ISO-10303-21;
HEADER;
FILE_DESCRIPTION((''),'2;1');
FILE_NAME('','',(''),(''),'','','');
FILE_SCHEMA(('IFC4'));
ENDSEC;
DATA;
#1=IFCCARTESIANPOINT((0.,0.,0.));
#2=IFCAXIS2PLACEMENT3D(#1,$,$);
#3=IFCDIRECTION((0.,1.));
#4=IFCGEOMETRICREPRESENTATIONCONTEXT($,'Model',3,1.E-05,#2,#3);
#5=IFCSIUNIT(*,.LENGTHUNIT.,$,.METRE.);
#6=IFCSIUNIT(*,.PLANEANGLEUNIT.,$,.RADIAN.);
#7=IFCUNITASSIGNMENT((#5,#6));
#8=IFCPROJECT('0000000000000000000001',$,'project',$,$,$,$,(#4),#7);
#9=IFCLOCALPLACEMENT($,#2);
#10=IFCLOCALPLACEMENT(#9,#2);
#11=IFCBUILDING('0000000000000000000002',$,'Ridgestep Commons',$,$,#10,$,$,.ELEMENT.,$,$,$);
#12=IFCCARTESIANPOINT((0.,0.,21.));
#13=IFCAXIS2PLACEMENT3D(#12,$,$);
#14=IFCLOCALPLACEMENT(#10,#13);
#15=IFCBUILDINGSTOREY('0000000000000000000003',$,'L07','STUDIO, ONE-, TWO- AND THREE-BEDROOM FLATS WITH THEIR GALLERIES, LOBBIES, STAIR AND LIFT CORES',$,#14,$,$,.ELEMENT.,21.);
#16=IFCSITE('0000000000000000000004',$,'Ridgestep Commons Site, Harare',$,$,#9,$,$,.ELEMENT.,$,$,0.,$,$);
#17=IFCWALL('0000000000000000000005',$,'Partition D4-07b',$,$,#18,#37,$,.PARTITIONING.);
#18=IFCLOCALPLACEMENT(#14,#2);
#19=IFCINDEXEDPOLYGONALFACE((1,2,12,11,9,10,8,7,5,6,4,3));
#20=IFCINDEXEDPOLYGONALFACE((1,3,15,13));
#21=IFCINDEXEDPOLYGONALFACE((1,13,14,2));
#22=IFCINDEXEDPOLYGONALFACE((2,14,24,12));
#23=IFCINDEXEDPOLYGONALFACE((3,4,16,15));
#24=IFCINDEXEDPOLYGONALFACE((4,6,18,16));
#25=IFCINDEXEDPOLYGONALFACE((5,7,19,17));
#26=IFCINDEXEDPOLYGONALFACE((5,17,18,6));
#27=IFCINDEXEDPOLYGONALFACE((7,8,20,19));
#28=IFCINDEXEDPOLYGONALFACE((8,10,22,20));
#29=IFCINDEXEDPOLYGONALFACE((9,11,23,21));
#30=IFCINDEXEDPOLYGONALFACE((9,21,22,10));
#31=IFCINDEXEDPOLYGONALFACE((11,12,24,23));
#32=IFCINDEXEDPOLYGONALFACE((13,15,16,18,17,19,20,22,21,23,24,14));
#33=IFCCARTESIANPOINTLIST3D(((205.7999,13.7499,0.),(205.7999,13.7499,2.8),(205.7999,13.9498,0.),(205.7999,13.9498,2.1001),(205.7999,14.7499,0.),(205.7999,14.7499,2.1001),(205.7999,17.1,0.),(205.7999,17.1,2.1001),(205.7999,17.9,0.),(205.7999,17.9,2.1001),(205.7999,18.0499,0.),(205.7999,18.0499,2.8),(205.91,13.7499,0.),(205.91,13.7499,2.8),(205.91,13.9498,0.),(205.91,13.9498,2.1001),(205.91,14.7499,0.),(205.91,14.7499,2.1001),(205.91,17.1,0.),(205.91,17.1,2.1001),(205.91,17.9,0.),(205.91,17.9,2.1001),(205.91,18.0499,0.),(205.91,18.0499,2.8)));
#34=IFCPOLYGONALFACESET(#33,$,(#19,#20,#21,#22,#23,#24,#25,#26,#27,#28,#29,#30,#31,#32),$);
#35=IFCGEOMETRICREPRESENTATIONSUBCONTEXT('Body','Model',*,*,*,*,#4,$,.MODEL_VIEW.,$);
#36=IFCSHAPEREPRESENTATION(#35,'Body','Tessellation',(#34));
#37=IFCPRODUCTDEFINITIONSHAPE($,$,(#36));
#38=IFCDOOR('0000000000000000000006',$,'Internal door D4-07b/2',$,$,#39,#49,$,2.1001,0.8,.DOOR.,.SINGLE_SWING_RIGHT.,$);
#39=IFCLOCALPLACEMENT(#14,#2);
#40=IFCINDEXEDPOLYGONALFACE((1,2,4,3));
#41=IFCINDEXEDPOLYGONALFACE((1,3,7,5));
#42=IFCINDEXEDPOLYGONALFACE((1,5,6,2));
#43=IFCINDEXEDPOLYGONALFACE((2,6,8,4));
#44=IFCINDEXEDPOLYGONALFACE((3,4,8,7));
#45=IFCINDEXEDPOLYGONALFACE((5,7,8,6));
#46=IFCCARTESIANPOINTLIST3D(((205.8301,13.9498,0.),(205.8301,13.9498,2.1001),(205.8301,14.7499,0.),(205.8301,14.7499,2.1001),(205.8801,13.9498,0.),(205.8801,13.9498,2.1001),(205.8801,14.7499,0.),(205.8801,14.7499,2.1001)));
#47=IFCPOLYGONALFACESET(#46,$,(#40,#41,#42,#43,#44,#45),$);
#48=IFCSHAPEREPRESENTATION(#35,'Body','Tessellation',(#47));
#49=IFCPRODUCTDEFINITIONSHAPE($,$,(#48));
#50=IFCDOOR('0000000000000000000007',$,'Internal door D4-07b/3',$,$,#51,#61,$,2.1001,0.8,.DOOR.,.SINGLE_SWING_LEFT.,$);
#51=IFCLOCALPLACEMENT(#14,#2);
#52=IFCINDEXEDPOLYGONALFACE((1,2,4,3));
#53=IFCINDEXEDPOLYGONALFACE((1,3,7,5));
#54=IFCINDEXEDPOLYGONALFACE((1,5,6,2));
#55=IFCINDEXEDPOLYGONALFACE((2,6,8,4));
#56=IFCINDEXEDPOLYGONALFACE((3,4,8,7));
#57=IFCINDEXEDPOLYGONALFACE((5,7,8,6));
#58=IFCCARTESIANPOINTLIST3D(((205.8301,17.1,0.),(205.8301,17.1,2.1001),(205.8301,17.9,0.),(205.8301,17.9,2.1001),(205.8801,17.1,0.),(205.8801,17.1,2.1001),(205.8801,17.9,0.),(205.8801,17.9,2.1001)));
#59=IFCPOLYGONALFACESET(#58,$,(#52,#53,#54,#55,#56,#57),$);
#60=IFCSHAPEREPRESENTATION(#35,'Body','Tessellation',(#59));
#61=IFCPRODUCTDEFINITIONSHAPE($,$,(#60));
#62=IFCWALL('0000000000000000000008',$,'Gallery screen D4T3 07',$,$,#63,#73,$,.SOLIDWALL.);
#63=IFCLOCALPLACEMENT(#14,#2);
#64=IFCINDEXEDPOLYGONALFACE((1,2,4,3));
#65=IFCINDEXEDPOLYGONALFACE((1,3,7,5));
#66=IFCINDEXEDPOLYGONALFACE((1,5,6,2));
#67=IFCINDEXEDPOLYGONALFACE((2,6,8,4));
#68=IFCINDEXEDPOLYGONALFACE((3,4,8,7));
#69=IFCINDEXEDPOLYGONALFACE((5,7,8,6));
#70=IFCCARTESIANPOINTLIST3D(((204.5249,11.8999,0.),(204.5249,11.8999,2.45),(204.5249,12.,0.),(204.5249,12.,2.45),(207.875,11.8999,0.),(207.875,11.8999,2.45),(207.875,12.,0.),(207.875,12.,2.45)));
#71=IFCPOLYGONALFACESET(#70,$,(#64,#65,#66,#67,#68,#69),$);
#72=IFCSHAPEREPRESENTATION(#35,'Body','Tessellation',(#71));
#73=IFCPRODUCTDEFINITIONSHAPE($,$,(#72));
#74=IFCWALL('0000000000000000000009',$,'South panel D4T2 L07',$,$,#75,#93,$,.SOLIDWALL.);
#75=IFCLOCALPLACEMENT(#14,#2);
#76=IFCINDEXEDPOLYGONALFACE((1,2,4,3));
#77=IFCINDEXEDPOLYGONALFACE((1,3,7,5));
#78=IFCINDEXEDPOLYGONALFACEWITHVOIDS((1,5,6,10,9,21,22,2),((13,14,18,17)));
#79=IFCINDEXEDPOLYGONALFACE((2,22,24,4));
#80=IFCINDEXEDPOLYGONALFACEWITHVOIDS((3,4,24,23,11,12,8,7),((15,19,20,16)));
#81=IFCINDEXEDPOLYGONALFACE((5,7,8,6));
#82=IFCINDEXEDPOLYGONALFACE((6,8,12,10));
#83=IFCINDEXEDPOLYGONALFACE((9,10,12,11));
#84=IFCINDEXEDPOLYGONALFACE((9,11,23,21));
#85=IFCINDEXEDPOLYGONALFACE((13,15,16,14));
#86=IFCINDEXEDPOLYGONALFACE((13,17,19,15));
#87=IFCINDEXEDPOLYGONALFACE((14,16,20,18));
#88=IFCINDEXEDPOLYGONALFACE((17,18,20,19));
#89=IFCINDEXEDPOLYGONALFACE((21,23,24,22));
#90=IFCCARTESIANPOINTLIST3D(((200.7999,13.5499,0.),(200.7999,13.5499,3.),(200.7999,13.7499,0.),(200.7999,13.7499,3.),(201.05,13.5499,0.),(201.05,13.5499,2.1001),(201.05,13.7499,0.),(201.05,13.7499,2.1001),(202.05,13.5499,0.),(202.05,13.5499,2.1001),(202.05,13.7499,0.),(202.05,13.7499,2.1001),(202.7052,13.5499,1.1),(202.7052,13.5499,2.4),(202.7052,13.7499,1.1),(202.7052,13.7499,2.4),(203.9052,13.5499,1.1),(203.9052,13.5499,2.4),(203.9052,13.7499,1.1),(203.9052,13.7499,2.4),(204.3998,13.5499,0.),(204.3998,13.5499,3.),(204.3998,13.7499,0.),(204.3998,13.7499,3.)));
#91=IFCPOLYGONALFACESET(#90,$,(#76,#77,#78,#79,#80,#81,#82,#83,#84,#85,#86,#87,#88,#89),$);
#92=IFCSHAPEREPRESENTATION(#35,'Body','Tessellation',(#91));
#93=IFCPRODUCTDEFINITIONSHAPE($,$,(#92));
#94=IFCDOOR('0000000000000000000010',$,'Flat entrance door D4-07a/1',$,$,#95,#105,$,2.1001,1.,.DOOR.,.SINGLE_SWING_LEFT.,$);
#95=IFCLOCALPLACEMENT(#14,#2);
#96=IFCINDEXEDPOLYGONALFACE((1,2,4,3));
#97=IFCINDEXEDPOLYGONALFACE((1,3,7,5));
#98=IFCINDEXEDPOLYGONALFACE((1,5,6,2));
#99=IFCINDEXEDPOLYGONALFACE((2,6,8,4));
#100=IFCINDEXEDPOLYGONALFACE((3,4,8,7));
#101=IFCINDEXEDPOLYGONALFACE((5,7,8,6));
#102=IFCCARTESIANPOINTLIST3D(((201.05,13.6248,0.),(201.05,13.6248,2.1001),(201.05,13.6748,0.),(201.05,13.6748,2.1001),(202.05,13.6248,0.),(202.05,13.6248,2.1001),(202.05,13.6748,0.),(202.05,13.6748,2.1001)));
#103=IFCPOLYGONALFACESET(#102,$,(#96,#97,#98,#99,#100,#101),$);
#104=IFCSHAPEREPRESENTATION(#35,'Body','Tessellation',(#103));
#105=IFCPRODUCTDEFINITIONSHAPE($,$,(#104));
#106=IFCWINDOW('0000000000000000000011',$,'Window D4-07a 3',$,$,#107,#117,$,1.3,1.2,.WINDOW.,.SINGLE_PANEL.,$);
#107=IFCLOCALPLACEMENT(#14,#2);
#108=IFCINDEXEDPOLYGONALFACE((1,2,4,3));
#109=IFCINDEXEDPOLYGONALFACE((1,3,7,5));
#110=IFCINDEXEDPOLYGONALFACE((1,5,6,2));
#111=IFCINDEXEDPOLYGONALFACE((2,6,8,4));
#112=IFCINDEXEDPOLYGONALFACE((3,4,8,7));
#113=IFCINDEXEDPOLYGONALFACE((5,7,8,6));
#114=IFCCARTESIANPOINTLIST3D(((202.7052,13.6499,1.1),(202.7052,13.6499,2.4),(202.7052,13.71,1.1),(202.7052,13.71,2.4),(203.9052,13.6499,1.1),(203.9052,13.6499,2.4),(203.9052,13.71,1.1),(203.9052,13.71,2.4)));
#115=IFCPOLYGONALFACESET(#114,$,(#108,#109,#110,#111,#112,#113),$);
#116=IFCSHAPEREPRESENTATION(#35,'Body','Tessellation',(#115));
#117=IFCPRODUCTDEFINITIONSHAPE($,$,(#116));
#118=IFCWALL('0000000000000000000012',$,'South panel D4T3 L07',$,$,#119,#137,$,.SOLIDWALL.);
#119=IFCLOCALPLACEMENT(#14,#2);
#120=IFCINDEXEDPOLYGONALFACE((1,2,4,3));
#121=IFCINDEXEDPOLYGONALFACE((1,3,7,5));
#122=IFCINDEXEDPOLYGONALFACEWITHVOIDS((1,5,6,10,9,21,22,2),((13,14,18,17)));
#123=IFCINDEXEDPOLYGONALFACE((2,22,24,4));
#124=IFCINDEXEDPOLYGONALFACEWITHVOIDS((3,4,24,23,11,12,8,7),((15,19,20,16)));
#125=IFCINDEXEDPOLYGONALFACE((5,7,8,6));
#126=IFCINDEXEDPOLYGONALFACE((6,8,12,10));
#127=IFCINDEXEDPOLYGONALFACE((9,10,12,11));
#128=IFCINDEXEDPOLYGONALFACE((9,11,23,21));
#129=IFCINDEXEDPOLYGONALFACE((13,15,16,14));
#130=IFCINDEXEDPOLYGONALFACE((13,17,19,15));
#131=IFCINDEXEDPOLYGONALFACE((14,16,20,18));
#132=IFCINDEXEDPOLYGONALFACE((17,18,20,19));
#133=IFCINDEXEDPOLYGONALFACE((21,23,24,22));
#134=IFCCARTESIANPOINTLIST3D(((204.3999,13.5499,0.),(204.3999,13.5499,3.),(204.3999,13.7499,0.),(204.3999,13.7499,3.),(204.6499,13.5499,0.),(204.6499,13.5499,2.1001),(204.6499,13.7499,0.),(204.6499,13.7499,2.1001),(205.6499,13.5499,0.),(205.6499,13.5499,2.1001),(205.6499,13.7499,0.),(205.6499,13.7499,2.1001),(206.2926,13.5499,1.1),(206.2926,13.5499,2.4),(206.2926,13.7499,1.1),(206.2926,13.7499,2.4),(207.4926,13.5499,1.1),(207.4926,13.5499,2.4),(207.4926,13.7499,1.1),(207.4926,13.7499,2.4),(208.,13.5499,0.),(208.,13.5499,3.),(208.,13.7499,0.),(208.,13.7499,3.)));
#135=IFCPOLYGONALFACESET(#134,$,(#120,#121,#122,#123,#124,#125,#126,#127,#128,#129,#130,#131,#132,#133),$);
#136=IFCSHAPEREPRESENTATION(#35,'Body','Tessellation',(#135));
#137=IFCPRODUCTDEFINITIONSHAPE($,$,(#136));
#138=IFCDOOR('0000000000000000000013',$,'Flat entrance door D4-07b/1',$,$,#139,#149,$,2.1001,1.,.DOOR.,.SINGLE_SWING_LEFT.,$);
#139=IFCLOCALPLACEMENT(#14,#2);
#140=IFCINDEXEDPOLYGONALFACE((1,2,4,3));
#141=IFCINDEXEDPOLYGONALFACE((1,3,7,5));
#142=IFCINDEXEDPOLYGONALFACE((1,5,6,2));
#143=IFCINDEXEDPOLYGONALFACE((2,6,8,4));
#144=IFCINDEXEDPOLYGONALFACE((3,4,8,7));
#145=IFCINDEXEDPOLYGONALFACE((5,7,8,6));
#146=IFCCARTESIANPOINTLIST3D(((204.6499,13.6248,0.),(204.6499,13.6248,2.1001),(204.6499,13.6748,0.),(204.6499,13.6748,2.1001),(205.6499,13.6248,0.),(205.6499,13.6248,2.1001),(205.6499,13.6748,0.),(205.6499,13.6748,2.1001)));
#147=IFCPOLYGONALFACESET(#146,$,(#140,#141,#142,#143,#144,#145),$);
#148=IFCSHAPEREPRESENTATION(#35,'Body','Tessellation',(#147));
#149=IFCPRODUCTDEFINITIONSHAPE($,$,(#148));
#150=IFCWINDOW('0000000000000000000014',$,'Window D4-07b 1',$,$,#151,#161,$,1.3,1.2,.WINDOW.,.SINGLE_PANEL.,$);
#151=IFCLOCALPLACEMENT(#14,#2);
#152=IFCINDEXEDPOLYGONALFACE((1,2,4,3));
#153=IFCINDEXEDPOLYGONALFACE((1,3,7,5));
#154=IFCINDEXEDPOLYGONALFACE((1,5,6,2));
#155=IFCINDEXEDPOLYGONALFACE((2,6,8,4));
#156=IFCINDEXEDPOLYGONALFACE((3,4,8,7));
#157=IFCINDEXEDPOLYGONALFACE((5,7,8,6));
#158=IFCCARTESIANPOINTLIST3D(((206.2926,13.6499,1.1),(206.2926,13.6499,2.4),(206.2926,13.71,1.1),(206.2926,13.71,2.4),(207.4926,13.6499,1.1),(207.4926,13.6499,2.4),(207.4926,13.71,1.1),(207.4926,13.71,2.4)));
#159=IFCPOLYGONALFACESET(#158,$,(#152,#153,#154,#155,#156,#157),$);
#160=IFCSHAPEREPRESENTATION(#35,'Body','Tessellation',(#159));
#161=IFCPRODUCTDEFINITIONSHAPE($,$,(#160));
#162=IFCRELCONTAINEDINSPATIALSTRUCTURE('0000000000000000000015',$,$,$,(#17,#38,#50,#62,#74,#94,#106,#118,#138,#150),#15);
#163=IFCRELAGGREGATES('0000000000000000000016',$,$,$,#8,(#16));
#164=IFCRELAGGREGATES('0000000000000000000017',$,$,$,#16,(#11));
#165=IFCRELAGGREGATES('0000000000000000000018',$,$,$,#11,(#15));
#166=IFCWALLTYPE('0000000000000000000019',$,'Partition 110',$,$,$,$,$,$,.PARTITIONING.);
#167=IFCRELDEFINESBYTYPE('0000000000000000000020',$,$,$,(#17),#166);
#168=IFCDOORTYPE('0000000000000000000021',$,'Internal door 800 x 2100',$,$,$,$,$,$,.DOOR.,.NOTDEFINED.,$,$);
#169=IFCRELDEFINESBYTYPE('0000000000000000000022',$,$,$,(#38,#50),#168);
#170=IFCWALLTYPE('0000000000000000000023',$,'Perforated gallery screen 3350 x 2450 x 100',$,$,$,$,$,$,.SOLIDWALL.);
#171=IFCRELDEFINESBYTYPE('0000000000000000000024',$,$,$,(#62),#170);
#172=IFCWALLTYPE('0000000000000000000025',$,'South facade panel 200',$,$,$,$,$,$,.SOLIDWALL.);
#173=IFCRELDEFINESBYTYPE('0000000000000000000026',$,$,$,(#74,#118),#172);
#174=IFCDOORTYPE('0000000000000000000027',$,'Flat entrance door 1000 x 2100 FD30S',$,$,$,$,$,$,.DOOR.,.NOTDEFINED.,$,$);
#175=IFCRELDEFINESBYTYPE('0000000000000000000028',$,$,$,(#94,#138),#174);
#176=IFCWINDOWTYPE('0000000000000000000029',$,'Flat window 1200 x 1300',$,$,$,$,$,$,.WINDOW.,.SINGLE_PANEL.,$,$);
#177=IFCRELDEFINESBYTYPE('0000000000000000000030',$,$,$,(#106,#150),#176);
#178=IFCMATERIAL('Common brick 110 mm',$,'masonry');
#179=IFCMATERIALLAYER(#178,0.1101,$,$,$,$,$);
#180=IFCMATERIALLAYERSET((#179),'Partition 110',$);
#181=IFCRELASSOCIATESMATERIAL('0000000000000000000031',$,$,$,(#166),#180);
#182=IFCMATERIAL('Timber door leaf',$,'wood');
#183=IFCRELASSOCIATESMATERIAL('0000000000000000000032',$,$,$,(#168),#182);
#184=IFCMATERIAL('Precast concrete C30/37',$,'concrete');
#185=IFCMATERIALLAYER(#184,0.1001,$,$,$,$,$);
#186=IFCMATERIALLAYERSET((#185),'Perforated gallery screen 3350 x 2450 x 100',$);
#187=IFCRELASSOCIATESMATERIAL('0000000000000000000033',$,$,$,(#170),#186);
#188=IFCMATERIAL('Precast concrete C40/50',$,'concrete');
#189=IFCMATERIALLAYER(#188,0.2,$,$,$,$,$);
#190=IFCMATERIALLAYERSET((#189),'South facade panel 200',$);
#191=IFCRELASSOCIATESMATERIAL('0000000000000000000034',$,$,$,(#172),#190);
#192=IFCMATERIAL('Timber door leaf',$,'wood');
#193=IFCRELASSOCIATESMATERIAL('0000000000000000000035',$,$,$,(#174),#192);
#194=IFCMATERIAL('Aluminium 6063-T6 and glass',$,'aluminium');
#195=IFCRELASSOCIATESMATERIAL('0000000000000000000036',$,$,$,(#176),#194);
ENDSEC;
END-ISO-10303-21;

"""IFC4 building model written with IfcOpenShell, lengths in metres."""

from ifc_helpers import new_model, si_unit, direction, frame, frame_2d, origin, place, context, subcontext, project, spatial, rectangle, extrude, material, layer, layer_set, type_object, element, fill, save


model = new_model("IFC4")

# Units and contexts
model_context = context("Model", 3, precision=1e-05, world=origin(), true_north=direction((0.0, 1.0)))
body_context = subcontext(model_context, "Body", "Model", "MODEL_VIEW")
ifc_project = project(units=[si_unit("LENGTHUNIT", "METRE"), si_unit("PLANEANGLEUNIT", "RADIAN")], contexts=[model_context])

# Site, building, storey
site_placement = place(None, origin())
site = spatial("IfcSite", under=ifc_project, at=site_placement, Name="Ridgestep Commons Site, Harare", CompositionType="ELEMENT", RefElevation=0.0)
building_placement = place(site_placement, origin())
building = spatial("IfcBuilding", under=site, at=building_placement, Name="Ridgestep Commons", CompositionType="ELEMENT")
storey_placement = place(building_placement, frame((0.0, 0.0, 21.0)))
storey = spatial("IfcBuildingStorey", under=building, at=storey_placement, Name="L07", Description="STUDIO, ONE-, TWO- AND THREE-BEDROOM FLATS WITH THEIR GALLERIES, LOBBIES, STAIR AND LIFT CORES", CompositionType="ELEMENT", Elevation=21.0)

# Wall, openings, doors
ifc_material_1 = material(Name="Common brick 110 mm", Category="masonry")
ifc_layer_1 = layer(ifc_material_1, 0.1101)
ifc_layer_set_1 = layer_set([ifc_layer_1], Name="Partition 110")
wall_type_1 = type_object("IfcWallType", Name="Partition 110", PredefinedType="PARTITIONING", material=ifc_layer_set_1)
ifc_material_2 = material(Name="Timber door leaf", Category="wood")
door_type_1 = type_object("IfcDoorType", Name="Internal door 800 x 2100", OperationType="NOTDEFINED", PredefinedType="DOOR", material=ifc_material_2)
wall_1_placement = place(storey_placement, frame((205.855, 13.75, 0.0), z_axis=(0.0, 0.0, 1.0), x_axis=(0.0, 1.0, 0.0)))
wall_1 = element("IfcWall", 1, at=wall_1_placement, inside=storey, type_object=wall_type_1, Name="Partition D4-07b", PredefinedType="PARTITIONING", context=body_context, shape_type="SweptSolid", body=[
    extrude(rectangle(XDim=4.3, YDim=0.1101, at=frame_2d((2.1499, 0.0))), origin(), (0.0, 0.0, 1.0), 2.8),
])
opening_1_placement = place(wall_1_placement, frame((0.2, 0.0, 0.0)))
opening_1 = element("IfcOpeningElement", 2, at=opening_1_placement, cuts=wall_1, PredefinedType="OPENING", context=body_context, shape_type="SweptSolid", body=[
    extrude(rectangle(XDim=0.8, YDim=2.1001, at=frame_2d((0.3999, 1.05))), frame((0.0, 0.0649, 0.0), z_axis=(0.0, -1.0, 0.0), x_axis=(1.0, 0.0, 0.0)), (0.0, 0.0, 1.0), 0.1301),
])
opening_2_placement = place(wall_1_placement, frame((3.3501, 0.0, 0.0)))
opening_2 = element("IfcOpeningElement", 3, at=opening_2_placement, cuts=wall_1, PredefinedType="OPENING", context=body_context, shape_type="SweptSolid", body=[
    extrude(rectangle(XDim=0.8, YDim=2.1001, at=frame_2d((0.3999, 1.05))), frame((0.0, 0.0649, 0.0), z_axis=(0.0, -1.0, 0.0), x_axis=(1.0, 0.0, 0.0)), (0.0, 0.0, 1.0), 0.1301),
])
door_1_placement = place(opening_1_placement, origin())
door_1 = element("IfcDoor", 4, at=door_1_placement, inside=storey, type_object=door_type_1, Name="Internal door D4-07b/2", OperationType="SINGLE_SWING_RIGHT", OverallHeight=2.1001, OverallWidth=0.8, PredefinedType="DOOR", context=body_context, shape_type="SweptSolid", body=[
    extrude(rectangle(XDim=0.8, YDim=2.1001, at=frame_2d((0.3999, 1.05))), frame((0.0, 0.0249, 0.0), z_axis=(0.0, -1.0, 0.0), x_axis=(1.0, 0.0, 0.0)), (0.0, 0.0, 1.0), 0.05),
])
fill(opening_1, door_1)
door_2_placement = place(opening_2_placement, origin())
door_2 = element("IfcDoor", 5, at=door_2_placement, inside=storey, type_object=door_type_1, Name="Internal door D4-07b/3", OperationType="SINGLE_SWING_LEFT", OverallHeight=2.1001, OverallWidth=0.8, PredefinedType="DOOR", context=body_context, shape_type="SweptSolid", body=[
    extrude(rectangle(XDim=0.8, YDim=2.1001, at=frame_2d((0.3999, 1.05))), frame((0.0, 0.0249, 0.0), z_axis=(0.0, -1.0, 0.0), x_axis=(1.0, 0.0, 0.0)), (0.0, 0.0, 1.0), 0.05),
])
fill(opening_2, door_2)

# Wall
ifc_material_3 = material(Name="Precast concrete C30/37", Category="concrete")
ifc_layer_2 = layer(ifc_material_3, 0.1001)
ifc_layer_set_2 = layer_set([ifc_layer_2], Name="Perforated gallery screen 3350 x 2450 x 100")
wall_type_2 = type_object("IfcWallType", Name="Perforated gallery screen 3350 x 2450 x 100", PredefinedType="SOLIDWALL", material=ifc_layer_set_2)
wall_2_placement = place(storey_placement, frame((204.5249, 11.95, 0.0), z_axis=(0.0, 0.0, 1.0), x_axis=(1.0, 0.0, 0.0)))
element("IfcWall", 6, at=wall_2_placement, inside=storey, type_object=wall_type_2, Name="Gallery screen D4T3 07", PredefinedType="SOLIDWALL", context=body_context, shape_type="SweptSolid", body=[
    extrude(rectangle(XDim=3.3501, YDim=0.1001, at=frame_2d((1.675, 0.0))), origin(), (0.0, 0.0, 1.0), 2.45),
])

# Walls, openings, doors, windows
ifc_material_4 = material(Name="Precast concrete C40/50", Category="concrete")
ifc_layer_3 = layer(ifc_material_4, 0.2)
ifc_layer_set_3 = layer_set([ifc_layer_3], Name="South facade panel 200")
wall_type_3 = type_object("IfcWallType", Name="South facade panel 200", PredefinedType="SOLIDWALL", material=ifc_layer_set_3)
wall_3_placement = place(storey_placement, frame((200.8, 13.6499, 0.0), z_axis=(0.0, 0.0, 1.0), x_axis=(1.0, 0.0, 0.0)))
wall_3 = element("IfcWall", 7, at=wall_3_placement, inside=storey, type_object=wall_type_3, Name="South panel D4T2 L07", PredefinedType="SOLIDWALL", context=body_context, shape_type="SweptSolid", body=[
    extrude(rectangle(XDim=3.5999, YDim=0.2, at=frame_2d((1.7998, 0.0))), origin(), (0.0, 0.0, 1.0), 3.0),
])
opening_3_placement = place(wall_3_placement, frame((1.905, 0.0, 1.1001)))
opening_3 = element("IfcOpeningElement", 8, at=opening_3_placement, cuts=wall_3, PredefinedType="OPENING", context=body_context, shape_type="SweptSolid", body=[
    extrude(rectangle(XDim=1.2, YDim=1.3, at=frame_2d((0.6001, 0.6499))), frame((0.0, 0.1099, 0.0), z_axis=(0.0, -1.0, 0.0), x_axis=(1.0, 0.0, 0.0)), (0.0, 0.0, 1.0), 0.22),
])
opening_4_placement = place(wall_3_placement, frame((0.25, 0.0, 0.0)))
opening_4 = element("IfcOpeningElement", 9, at=opening_4_placement, cuts=wall_3, PredefinedType="OPENING", context=body_context, shape_type="SweptSolid", body=[
    extrude(rectangle(XDim=1.0, YDim=2.1001, at=frame_2d((0.5, 1.05))), frame((0.0, 0.1099, 0.0), z_axis=(0.0, -1.0, 0.0), x_axis=(1.0, 0.0, 0.0)), (0.0, 0.0, 1.0), 0.22),
])
ifc_material_5 = material(Name="Timber door leaf", Category="wood")
door_type_2 = type_object("IfcDoorType", Name="Flat entrance door 1000 x 2100 FD30S", OperationType="NOTDEFINED", PredefinedType="DOOR", material=ifc_material_5)
door_3_placement = place(opening_4_placement, origin())
door_3 = element("IfcDoor", 10, at=door_3_placement, inside=storey, type_object=door_type_2, Name="Flat entrance door D4-07a/1", OperationType="SINGLE_SWING_LEFT", OverallHeight=2.1001, OverallWidth=1.0, PredefinedType="DOOR", context=body_context, shape_type="SweptSolid", body=[
    extrude(rectangle(XDim=1.0, YDim=2.1001, at=frame_2d((0.5, 1.05))), frame((0.0, 0.0249, 0.0), z_axis=(0.0, -1.0, 0.0), x_axis=(1.0, 0.0, 0.0)), (0.0, 0.0, 1.0), 0.05),
])
fill(opening_4, door_3)
ifc_material_6 = material(Name="Aluminium 6063-T6 and glass", Category="aluminium")
window_type = type_object("IfcWindowType", Name="Flat window 1200 x 1300", PartitioningType="SINGLE_PANEL", PredefinedType="WINDOW", material=ifc_material_6)
window_1_placement = place(opening_3_placement, origin())
window_1 = element("IfcWindow", 11, at=window_1_placement, inside=storey, type_object=window_type, Name="Window D4-07a 3", OverallHeight=1.3, OverallWidth=1.2, PartitioningType="SINGLE_PANEL", PredefinedType="WINDOW", context=body_context, shape_type="SweptSolid", body=[
    extrude(rectangle(XDim=1.2, YDim=1.3, at=frame_2d((0.6001, 0.6499))), frame((0.0, 0.0601, 0.0), z_axis=(0.0, -1.0, 0.0), x_axis=(1.0, 0.0, 0.0)), (0.0, 0.0, 1.0), 0.0601),
])
fill(opening_3, window_1)
wall_4_placement = place(storey_placement, frame((204.3999, 13.6499, 0.0), z_axis=(0.0, 0.0, 1.0), x_axis=(1.0, 0.0, 0.0)))
wall_4 = element("IfcWall", 12, at=wall_4_placement, inside=storey, type_object=wall_type_3, Name="South panel D4T3 L07", PredefinedType="SOLIDWALL", context=body_context, shape_type="SweptSolid", body=[
    extrude(rectangle(XDim=3.6001, YDim=0.2, at=frame_2d((1.8, 0.0))), origin(), (0.0, 0.0, 1.0), 3.0),
])
opening_5_placement = place(wall_4_placement, frame((1.8926, 0.0, 1.1001)))
opening_5 = element("IfcOpeningElement", 13, at=opening_5_placement, cuts=wall_4, PredefinedType="OPENING", context=body_context, shape_type="SweptSolid", body=[
    extrude(rectangle(XDim=1.2, YDim=1.3, at=frame_2d((0.6001, 0.6499))), frame((0.0, 0.1099, 0.0), z_axis=(0.0, -1.0, 0.0), x_axis=(1.0, 0.0, 0.0)), (0.0, 0.0, 1.0), 0.22),
])
opening_6_placement = place(wall_4_placement, frame((0.25, 0.0, 0.0)))
opening_6 = element("IfcOpeningElement", 14, at=opening_6_placement, cuts=wall_4, PredefinedType="OPENING", context=body_context, shape_type="SweptSolid", body=[
    extrude(rectangle(XDim=1.0, YDim=2.1001, at=frame_2d((0.5, 1.05))), frame((0.0, 0.1099, 0.0), z_axis=(0.0, -1.0, 0.0), x_axis=(1.0, 0.0, 0.0)), (0.0, 0.0, 1.0), 0.22),
])
door_4_placement = place(opening_6_placement, origin())
door_4 = element("IfcDoor", 15, at=door_4_placement, inside=storey, type_object=door_type_2, Name="Flat entrance door D4-07b/1", OperationType="SINGLE_SWING_LEFT", OverallHeight=2.1001, OverallWidth=1.0, PredefinedType="DOOR", context=body_context, shape_type="SweptSolid", body=[
    extrude(rectangle(XDim=1.0, YDim=2.1001, at=frame_2d((0.5, 1.05))), frame((0.0, 0.0249, 0.0), z_axis=(0.0, -1.0, 0.0), x_axis=(1.0, 0.0, 0.0)), (0.0, 0.0, 1.0), 0.05),
])
fill(opening_6, door_4)
window_2_placement = place(opening_5_placement, origin())
window_2 = element("IfcWindow", 16, at=window_2_placement, inside=storey, type_object=window_type, Name="Window D4-07b 1", OverallHeight=1.3, OverallWidth=1.2, PartitioningType="SINGLE_PANEL", PredefinedType="WINDOW", context=body_context, shape_type="SweptSolid", body=[
    extrude(rectangle(XDim=1.2, YDim=1.3, at=frame_2d((0.6001, 0.6499))), frame((0.0, 0.0601, 0.0), z_axis=(0.0, -1.0, 0.0), x_axis=(1.0, 0.0, 0.0)), (0.0, 0.0, 1.0), 0.0601),
])
fill(opening_5, window_2)

save(model, "model.ifc")
